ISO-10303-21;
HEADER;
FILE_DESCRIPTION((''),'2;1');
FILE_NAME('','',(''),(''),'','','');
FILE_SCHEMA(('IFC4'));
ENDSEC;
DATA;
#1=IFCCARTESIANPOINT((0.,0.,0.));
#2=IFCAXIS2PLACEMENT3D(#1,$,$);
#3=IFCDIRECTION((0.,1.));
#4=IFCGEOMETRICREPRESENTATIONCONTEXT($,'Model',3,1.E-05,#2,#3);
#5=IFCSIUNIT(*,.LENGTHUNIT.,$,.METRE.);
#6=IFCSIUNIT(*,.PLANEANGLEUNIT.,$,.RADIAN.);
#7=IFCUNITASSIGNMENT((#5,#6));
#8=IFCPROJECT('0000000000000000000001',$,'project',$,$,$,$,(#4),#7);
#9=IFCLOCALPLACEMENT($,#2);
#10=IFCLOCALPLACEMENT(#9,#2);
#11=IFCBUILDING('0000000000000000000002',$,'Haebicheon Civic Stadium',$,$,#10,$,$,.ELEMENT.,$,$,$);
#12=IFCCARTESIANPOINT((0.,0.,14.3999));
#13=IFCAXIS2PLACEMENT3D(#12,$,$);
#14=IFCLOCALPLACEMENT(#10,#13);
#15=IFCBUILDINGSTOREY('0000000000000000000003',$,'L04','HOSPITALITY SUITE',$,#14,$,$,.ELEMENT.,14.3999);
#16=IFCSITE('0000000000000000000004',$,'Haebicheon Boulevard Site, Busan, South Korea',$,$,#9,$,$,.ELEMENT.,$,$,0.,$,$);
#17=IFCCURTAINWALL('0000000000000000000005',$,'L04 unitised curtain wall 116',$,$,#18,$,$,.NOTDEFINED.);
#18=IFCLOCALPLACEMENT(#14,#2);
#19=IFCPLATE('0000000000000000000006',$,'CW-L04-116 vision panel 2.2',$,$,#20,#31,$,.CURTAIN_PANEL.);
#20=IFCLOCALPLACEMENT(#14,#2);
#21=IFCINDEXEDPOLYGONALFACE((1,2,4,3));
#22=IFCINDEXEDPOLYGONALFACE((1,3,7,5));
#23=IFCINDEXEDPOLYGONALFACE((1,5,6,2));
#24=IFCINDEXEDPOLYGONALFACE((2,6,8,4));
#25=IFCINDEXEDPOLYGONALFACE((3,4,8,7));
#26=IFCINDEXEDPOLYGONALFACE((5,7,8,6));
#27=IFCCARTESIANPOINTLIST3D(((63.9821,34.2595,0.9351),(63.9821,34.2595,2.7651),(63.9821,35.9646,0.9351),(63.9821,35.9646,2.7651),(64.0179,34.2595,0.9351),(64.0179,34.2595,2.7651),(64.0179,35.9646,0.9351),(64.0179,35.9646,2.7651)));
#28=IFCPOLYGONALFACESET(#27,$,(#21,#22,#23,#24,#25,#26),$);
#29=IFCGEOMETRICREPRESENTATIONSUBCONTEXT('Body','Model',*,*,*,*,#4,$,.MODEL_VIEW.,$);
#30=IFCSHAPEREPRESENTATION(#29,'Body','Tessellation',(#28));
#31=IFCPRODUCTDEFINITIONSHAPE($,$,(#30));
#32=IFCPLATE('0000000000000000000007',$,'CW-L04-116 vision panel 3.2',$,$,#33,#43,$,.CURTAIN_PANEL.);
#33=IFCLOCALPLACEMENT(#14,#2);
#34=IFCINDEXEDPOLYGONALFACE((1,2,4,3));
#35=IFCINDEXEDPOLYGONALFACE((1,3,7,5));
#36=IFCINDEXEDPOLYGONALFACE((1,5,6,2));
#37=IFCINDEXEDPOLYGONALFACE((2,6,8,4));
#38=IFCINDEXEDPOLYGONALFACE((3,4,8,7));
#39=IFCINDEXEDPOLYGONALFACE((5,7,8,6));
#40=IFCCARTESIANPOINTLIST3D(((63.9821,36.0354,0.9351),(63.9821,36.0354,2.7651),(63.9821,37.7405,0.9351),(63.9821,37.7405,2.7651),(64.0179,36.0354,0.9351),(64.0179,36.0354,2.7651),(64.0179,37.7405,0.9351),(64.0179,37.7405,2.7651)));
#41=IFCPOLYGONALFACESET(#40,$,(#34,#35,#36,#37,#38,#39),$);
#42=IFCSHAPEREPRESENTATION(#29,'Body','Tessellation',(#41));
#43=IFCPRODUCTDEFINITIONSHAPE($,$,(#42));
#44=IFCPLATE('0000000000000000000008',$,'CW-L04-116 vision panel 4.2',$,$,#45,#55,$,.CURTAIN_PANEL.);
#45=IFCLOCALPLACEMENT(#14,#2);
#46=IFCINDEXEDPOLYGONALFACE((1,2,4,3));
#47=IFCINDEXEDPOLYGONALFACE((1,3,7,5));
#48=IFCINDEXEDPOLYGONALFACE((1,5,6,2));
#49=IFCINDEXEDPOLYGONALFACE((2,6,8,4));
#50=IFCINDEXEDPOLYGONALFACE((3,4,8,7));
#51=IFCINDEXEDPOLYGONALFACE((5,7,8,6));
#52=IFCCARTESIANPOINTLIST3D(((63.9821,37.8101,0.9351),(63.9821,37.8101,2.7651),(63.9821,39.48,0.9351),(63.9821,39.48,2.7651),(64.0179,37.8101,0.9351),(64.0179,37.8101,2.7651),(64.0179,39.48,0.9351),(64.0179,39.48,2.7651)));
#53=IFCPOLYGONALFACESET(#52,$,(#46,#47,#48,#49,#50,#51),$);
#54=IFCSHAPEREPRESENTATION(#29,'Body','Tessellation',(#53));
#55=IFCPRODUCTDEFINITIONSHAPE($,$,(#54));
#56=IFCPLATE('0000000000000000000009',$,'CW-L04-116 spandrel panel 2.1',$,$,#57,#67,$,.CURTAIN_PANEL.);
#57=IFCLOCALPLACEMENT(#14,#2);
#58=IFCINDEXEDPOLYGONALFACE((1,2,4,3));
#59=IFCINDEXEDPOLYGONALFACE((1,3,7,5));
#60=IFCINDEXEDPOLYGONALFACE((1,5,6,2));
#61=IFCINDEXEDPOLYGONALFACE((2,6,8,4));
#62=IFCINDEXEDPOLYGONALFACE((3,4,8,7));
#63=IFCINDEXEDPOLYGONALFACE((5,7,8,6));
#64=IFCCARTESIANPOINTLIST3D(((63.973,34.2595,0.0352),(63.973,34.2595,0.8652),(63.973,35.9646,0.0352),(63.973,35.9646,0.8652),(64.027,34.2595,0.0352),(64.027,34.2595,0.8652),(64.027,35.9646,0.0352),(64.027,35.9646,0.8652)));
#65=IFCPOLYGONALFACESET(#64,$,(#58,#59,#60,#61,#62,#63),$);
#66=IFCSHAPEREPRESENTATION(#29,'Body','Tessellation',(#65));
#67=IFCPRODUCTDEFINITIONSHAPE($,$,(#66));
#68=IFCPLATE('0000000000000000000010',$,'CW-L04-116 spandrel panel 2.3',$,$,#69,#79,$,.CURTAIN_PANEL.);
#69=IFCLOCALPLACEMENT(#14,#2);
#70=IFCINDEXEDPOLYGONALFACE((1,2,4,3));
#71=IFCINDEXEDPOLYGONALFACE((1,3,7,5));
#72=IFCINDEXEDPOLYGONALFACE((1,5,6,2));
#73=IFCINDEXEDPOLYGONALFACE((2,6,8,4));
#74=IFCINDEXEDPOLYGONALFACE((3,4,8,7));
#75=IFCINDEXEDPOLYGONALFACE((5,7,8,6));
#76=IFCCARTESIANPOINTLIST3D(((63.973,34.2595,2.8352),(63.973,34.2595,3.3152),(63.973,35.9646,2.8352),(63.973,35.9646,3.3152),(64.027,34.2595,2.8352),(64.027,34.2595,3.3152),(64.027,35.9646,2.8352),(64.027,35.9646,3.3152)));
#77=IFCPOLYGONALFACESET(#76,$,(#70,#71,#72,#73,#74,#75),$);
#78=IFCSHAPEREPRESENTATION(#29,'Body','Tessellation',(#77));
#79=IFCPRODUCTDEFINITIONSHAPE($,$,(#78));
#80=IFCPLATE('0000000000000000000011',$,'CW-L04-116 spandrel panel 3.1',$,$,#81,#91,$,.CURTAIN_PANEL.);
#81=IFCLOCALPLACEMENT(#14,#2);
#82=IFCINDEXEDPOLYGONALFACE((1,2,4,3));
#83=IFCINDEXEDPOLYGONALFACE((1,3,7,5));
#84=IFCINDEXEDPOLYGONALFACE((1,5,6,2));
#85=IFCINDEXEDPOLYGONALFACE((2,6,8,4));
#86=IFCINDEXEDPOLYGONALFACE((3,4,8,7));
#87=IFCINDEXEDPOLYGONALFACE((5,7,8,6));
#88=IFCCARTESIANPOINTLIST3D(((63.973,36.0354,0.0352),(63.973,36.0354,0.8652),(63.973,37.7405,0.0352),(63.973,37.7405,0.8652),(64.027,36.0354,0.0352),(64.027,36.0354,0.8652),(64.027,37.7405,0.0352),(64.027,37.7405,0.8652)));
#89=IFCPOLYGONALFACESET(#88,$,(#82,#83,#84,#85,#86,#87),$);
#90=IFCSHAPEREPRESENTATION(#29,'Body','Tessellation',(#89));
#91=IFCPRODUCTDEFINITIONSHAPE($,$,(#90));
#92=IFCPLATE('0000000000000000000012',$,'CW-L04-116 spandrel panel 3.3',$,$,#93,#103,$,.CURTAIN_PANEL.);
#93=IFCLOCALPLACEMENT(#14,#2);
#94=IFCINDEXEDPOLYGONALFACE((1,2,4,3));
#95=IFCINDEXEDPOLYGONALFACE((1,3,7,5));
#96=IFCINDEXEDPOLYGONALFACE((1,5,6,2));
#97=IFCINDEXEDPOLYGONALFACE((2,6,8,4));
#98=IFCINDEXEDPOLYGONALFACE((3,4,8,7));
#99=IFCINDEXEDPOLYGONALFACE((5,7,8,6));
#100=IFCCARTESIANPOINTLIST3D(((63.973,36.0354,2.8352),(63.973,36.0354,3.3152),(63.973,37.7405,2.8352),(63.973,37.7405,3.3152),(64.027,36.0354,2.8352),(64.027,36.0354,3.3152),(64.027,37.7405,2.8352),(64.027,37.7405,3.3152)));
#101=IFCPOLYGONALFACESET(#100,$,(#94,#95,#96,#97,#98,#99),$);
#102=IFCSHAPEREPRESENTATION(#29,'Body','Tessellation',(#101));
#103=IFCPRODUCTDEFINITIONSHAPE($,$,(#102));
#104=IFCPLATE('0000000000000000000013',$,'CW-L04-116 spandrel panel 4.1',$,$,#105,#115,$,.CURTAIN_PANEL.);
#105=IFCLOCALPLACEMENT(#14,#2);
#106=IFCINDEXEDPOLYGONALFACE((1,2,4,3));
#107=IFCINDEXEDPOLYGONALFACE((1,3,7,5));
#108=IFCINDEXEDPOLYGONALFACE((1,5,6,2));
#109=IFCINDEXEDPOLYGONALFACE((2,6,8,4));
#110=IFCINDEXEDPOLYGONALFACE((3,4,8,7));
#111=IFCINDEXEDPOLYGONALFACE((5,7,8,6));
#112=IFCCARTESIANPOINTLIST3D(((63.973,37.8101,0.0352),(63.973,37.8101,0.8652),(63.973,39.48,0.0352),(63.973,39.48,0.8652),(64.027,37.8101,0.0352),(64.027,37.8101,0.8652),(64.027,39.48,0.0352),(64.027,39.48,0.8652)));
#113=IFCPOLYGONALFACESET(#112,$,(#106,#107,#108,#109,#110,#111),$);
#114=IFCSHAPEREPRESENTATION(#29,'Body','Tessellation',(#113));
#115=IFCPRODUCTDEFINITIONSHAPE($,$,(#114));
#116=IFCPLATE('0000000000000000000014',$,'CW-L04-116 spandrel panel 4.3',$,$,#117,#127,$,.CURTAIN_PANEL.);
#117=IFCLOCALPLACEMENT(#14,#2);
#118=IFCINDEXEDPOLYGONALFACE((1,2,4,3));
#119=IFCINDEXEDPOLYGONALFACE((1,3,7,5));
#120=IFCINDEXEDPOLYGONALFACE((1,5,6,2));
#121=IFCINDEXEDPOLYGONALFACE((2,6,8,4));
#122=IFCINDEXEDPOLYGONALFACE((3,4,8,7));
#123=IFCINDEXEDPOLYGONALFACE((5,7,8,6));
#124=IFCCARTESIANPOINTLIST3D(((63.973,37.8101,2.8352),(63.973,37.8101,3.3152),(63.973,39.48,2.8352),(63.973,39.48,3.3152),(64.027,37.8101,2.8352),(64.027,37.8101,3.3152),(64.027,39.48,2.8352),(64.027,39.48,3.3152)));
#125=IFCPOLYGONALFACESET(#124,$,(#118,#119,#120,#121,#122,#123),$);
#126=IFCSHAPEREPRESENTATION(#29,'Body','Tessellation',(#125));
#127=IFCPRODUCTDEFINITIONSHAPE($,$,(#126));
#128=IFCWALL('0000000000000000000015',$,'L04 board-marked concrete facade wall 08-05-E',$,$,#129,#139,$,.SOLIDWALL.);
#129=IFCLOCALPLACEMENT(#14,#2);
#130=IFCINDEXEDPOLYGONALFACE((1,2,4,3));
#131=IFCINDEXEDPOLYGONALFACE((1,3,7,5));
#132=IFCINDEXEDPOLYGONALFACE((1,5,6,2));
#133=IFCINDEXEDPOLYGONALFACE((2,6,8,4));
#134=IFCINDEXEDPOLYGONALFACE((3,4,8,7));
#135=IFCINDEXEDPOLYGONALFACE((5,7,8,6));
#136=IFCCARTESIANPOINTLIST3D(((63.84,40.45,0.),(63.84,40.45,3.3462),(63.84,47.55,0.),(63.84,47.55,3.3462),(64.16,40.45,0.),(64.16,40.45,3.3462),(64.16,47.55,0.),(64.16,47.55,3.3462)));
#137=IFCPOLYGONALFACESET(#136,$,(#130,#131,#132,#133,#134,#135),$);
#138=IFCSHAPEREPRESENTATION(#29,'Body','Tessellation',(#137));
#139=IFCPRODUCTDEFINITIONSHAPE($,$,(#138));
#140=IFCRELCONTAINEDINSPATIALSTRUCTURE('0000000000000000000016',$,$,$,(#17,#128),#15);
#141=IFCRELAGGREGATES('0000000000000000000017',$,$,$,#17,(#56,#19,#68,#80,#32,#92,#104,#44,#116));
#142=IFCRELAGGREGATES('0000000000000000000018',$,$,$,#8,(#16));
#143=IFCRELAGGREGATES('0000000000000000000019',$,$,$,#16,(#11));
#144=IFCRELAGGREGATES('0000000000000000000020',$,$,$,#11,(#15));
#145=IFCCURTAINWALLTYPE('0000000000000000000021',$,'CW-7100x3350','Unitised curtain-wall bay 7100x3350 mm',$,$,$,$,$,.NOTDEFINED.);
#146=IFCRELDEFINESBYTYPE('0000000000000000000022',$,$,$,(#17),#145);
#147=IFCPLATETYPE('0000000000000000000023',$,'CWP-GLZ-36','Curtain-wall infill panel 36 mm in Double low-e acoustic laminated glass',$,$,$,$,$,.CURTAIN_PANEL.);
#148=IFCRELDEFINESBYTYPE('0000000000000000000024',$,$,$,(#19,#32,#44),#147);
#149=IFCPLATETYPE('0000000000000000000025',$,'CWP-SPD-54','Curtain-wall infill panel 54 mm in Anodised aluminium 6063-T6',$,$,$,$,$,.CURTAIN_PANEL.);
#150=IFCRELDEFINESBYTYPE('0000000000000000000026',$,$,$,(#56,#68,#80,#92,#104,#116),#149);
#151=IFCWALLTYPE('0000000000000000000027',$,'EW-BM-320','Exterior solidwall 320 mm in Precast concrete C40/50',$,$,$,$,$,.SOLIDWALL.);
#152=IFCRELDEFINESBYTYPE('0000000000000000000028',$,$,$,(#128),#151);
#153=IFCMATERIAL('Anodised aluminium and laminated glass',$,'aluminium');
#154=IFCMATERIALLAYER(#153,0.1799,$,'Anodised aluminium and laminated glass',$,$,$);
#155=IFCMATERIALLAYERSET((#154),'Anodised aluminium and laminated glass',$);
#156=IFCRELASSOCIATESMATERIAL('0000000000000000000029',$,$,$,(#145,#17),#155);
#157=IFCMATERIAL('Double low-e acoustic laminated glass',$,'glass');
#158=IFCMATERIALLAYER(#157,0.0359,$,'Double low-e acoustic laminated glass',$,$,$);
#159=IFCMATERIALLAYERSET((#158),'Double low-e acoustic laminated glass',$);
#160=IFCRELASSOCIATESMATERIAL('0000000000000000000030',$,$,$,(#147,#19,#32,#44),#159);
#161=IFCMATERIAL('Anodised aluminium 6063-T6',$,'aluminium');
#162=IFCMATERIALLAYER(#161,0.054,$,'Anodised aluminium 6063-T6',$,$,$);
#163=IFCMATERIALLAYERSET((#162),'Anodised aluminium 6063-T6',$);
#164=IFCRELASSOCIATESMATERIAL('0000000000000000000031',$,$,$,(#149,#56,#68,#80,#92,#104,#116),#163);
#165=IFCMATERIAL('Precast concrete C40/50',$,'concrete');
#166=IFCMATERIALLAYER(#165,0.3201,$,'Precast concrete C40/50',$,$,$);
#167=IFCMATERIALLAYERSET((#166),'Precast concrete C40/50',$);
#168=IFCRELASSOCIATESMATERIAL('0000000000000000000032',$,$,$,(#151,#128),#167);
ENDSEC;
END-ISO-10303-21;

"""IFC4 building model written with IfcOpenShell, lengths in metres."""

from ifc_helpers import new_model, si_unit, direction, frame, frame_2d, origin, origin_2d, place, context, subcontext, project, spatial, rectangle, extrude, material, layer, layer_set, type_object, element, aggregate, save


model = new_model("IFC4")

# Units and contexts
model_context = context("Model", 3, precision=1e-05, world=origin(), true_north=direction((0.0, 1.0)))
body_context = subcontext(model_context, "Body", "Model", "MODEL_VIEW")
ifc_project = project(units=[si_unit("LENGTHUNIT", "METRE"), si_unit("PLANEANGLEUNIT", "RADIAN")], contexts=[model_context])

# Site, building, storey
site_placement = place(None, origin())
site = spatial("IfcSite", under=ifc_project, at=site_placement, Name="Haebicheon Boulevard Site, Busan, South Korea", CompositionType="ELEMENT", RefElevation=0.0)
building_placement = place(site_placement, origin())
building = spatial("IfcBuilding", under=site, at=building_placement, Name="Haebicheon Civic Stadium", CompositionType="ELEMENT")
storey_placement = place(building_placement, frame((0.0, 0.0, 14.3999)))
storey = spatial("IfcBuildingStorey", under=building, at=storey_placement, Name="L04", Description="HOSPITALITY SUITE", CompositionType="ELEMENT", Elevation=14.3999)

# Curtain wall
ifc_material_1 = material(Name="Anodised aluminium and laminated glass", Category="aluminium")
ifc_layer_1 = layer(ifc_material_1, 0.1799, Name="Anodised aluminium and laminated glass")
ifc_layer_set_1 = layer_set([ifc_layer_1], Name="Anodised aluminium and laminated glass")
curtain_wall_type = type_object("IfcCurtainWallType", Name="CW-7100x3350", Description="Unitised curtain-wall bay 7100x3350 mm", PredefinedType="NOTDEFINED", material=ifc_layer_set_1)
curtain_wall_placement = place(storey_placement, origin())
curtain_wall = element("IfcCurtainWall", 1, at=curtain_wall_placement, inside=storey, type_object=curtain_wall_type, material=ifc_layer_set_1, Name="L04 unitised curtain wall 116", PredefinedType="NOTDEFINED")

# Plates
ifc_material_2 = material(Name="Double low-e acoustic laminated glass", Category="glass")
ifc_layer_2 = layer(ifc_material_2, 0.0359, Name="Double low-e acoustic laminated glass")
ifc_layer_set_2 = layer_set([ifc_layer_2], Name="Double low-e acoustic laminated glass")
plate_type_1 = type_object("IfcPlateType", Name="CWP-GLZ-36", Description="Curtain-wall infill panel 36 mm in Double low-e acoustic laminated glass", PredefinedType="CURTAIN_PANEL", material=ifc_layer_set_2)
plate_1_placement = place(storey_placement, frame((64.0, 35.1121, 0.9351), z_axis=(0.0, 0.0, 1.0), x_axis=(0.0, 1.0, 0.0)))
plate_1 = element("IfcPlate", 2, at=plate_1_placement, type_object=plate_type_1, material=ifc_layer_set_2, Name="CW-L04-116 vision panel 2.2", PredefinedType="CURTAIN_PANEL", context=body_context, shape_type="SweptSolid", body=[
    extrude(rectangle(XDim=1.7051, YDim=0.0359, at=origin_2d()), origin(), (0.0, 0.0, 1.0), 1.8301),
])
plate_2_placement = place(storey_placement, frame((64.0, 36.8879, 0.9351), z_axis=(0.0, 0.0, 1.0), x_axis=(0.0, 1.0, 0.0)))
plate_2 = element("IfcPlate", 3, at=plate_2_placement, type_object=plate_type_1, material=ifc_layer_set_2, Name="CW-L04-116 vision panel 3.2", PredefinedType="CURTAIN_PANEL", context=body_context, shape_type="SweptSolid", body=[
    extrude(rectangle(XDim=1.7051, YDim=0.0359, at=origin_2d()), origin(), (0.0, 0.0, 1.0), 1.8301),
])
plate_3_placement = place(storey_placement, frame((64.0, 38.645, 0.9351), z_axis=(0.0, 0.0, 1.0), x_axis=(0.0, 1.0, 0.0)))
plate_3 = element("IfcPlate", 4, at=plate_3_placement, type_object=plate_type_1, material=ifc_layer_set_2, Name="CW-L04-116 vision panel 4.2", PredefinedType="CURTAIN_PANEL", context=body_context, shape_type="SweptSolid", body=[
    extrude(rectangle(XDim=1.6699, YDim=0.0359, at=origin_2d()), origin(), (0.0, 0.0, 1.0), 1.8301),
])
ifc_material_3 = material(Name="Anodised aluminium 6063-T6", Category="aluminium")
ifc_layer_3 = layer(ifc_material_3, 0.054, Name="Anodised aluminium 6063-T6")
ifc_layer_set_3 = layer_set([ifc_layer_3], Name="Anodised aluminium 6063-T6")
plate_type_2 = type_object("IfcPlateType", Name="CWP-SPD-54", Description="Curtain-wall infill panel 54 mm in Anodised aluminium 6063-T6", PredefinedType="CURTAIN_PANEL", material=ifc_layer_set_3)
plate_4_placement = place(storey_placement, frame((64.0, 35.1121, 0.0352), z_axis=(0.0, 0.0, 1.0), x_axis=(0.0, 1.0, 0.0)))
plate_4 = element("IfcPlate", 5, at=plate_4_placement, type_object=plate_type_2, material=ifc_layer_set_3, Name="CW-L04-116 spandrel panel 2.1", PredefinedType="CURTAIN_PANEL", context=body_context, shape_type="SweptSolid", body=[
    extrude(rectangle(XDim=1.7051, YDim=0.054, at=origin_2d()), origin(), (0.0, 0.0, 1.0), 0.8301),
])
plate_5_placement = place(storey_placement, frame((64.0, 35.1121, 2.8352), z_axis=(0.0, 0.0, 1.0), x_axis=(0.0, 1.0, 0.0)))
plate_5 = element("IfcPlate", 6, at=plate_5_placement, type_object=plate_type_2, material=ifc_layer_set_3, Name="CW-L04-116 spandrel panel 2.3", PredefinedType="CURTAIN_PANEL", context=body_context, shape_type="SweptSolid", body=[
    extrude(rectangle(XDim=1.7051, YDim=0.054, at=origin_2d()), origin(), (0.0, 0.0, 1.0), 0.48),
])
plate_6_placement = place(storey_placement, frame((64.0, 36.8879, 0.0352), z_axis=(0.0, 0.0, 1.0), x_axis=(0.0, 1.0, 0.0)))
plate_6 = element("IfcPlate", 7, at=plate_6_placement, type_object=plate_type_2, material=ifc_layer_set_3, Name="CW-L04-116 spandrel panel 3.1", PredefinedType="CURTAIN_PANEL", context=body_context, shape_type="SweptSolid", body=[
    extrude(rectangle(XDim=1.7051, YDim=0.054, at=origin_2d()), origin(), (0.0, 0.0, 1.0), 0.8301),
])
plate_7_placement = place(storey_placement, frame((64.0, 36.8879, 2.8352), z_axis=(0.0, 0.0, 1.0), x_axis=(0.0, 1.0, 0.0)))
plate_7 = element("IfcPlate", 8, at=plate_7_placement, type_object=plate_type_2, material=ifc_layer_set_3, Name="CW-L04-116 spandrel panel 3.3", PredefinedType="CURTAIN_PANEL", context=body_context, shape_type="SweptSolid", body=[
    extrude(rectangle(XDim=1.7051, YDim=0.054, at=origin_2d()), origin(), (0.0, 0.0, 1.0), 0.48),
])
plate_8_placement = place(storey_placement, frame((64.0, 38.645, 0.0352), z_axis=(0.0, 0.0, 1.0), x_axis=(0.0, 1.0, 0.0)))
plate_8 = element("IfcPlate", 9, at=plate_8_placement, type_object=plate_type_2, material=ifc_layer_set_3, Name="CW-L04-116 spandrel panel 4.1", PredefinedType="CURTAIN_PANEL", context=body_context, shape_type="SweptSolid", body=[
    extrude(rectangle(XDim=1.6699, YDim=0.054, at=origin_2d()), origin(), (0.0, 0.0, 1.0), 0.8301),
])
plate_9_placement = place(storey_placement, frame((64.0, 38.645, 2.8352), z_axis=(0.0, 0.0, 1.0), x_axis=(0.0, 1.0, 0.0)))
plate_9 = element("IfcPlate", 10, at=plate_9_placement, type_object=plate_type_2, material=ifc_layer_set_3, Name="CW-L04-116 spandrel panel 4.3", PredefinedType="CURTAIN_PANEL", context=body_context, shape_type="SweptSolid", body=[
    extrude(rectangle(XDim=1.6699, YDim=0.054, at=origin_2d()), origin(), (0.0, 0.0, 1.0), 0.48),
])
aggregate(curtain_wall, [plate_4, plate_1, plate_5, plate_6, plate_2, plate_7, plate_8, plate_3, plate_9])

# Wall
ifc_material_4 = material(Name="Precast concrete C40/50", Category="concrete")
ifc_layer_4 = layer(ifc_material_4, 0.3201, Name="Precast concrete C40/50")
ifc_layer_set_4 = layer_set([ifc_layer_4], Name="Precast concrete C40/50")
wall_type = type_object("IfcWallType", Name="EW-BM-320", Description="Exterior solidwall 320 mm in Precast concrete C40/50", PredefinedType="SOLIDWALL", material=ifc_layer_set_4)
wall_placement = place(storey_placement, frame((64.0, 40.45, 0.0), z_axis=(0.0, 0.0, 1.0), x_axis=(0.0, 1.0, 0.0)))
element("IfcWall", 11, at=wall_placement, inside=storey, type_object=wall_type, material=ifc_layer_set_4, Name="L04 board-marked concrete facade wall 08-05-E", PredefinedType="SOLIDWALL", context=body_context, shape_type="SweptSolid", body=[
    extrude(rectangle(XDim=7.1001, YDim=0.3201, at=frame_2d((3.55, 0.0))), origin(), (0.0, 0.0, 1.0), 3.3462),
])

save(model, "model.ifc")
